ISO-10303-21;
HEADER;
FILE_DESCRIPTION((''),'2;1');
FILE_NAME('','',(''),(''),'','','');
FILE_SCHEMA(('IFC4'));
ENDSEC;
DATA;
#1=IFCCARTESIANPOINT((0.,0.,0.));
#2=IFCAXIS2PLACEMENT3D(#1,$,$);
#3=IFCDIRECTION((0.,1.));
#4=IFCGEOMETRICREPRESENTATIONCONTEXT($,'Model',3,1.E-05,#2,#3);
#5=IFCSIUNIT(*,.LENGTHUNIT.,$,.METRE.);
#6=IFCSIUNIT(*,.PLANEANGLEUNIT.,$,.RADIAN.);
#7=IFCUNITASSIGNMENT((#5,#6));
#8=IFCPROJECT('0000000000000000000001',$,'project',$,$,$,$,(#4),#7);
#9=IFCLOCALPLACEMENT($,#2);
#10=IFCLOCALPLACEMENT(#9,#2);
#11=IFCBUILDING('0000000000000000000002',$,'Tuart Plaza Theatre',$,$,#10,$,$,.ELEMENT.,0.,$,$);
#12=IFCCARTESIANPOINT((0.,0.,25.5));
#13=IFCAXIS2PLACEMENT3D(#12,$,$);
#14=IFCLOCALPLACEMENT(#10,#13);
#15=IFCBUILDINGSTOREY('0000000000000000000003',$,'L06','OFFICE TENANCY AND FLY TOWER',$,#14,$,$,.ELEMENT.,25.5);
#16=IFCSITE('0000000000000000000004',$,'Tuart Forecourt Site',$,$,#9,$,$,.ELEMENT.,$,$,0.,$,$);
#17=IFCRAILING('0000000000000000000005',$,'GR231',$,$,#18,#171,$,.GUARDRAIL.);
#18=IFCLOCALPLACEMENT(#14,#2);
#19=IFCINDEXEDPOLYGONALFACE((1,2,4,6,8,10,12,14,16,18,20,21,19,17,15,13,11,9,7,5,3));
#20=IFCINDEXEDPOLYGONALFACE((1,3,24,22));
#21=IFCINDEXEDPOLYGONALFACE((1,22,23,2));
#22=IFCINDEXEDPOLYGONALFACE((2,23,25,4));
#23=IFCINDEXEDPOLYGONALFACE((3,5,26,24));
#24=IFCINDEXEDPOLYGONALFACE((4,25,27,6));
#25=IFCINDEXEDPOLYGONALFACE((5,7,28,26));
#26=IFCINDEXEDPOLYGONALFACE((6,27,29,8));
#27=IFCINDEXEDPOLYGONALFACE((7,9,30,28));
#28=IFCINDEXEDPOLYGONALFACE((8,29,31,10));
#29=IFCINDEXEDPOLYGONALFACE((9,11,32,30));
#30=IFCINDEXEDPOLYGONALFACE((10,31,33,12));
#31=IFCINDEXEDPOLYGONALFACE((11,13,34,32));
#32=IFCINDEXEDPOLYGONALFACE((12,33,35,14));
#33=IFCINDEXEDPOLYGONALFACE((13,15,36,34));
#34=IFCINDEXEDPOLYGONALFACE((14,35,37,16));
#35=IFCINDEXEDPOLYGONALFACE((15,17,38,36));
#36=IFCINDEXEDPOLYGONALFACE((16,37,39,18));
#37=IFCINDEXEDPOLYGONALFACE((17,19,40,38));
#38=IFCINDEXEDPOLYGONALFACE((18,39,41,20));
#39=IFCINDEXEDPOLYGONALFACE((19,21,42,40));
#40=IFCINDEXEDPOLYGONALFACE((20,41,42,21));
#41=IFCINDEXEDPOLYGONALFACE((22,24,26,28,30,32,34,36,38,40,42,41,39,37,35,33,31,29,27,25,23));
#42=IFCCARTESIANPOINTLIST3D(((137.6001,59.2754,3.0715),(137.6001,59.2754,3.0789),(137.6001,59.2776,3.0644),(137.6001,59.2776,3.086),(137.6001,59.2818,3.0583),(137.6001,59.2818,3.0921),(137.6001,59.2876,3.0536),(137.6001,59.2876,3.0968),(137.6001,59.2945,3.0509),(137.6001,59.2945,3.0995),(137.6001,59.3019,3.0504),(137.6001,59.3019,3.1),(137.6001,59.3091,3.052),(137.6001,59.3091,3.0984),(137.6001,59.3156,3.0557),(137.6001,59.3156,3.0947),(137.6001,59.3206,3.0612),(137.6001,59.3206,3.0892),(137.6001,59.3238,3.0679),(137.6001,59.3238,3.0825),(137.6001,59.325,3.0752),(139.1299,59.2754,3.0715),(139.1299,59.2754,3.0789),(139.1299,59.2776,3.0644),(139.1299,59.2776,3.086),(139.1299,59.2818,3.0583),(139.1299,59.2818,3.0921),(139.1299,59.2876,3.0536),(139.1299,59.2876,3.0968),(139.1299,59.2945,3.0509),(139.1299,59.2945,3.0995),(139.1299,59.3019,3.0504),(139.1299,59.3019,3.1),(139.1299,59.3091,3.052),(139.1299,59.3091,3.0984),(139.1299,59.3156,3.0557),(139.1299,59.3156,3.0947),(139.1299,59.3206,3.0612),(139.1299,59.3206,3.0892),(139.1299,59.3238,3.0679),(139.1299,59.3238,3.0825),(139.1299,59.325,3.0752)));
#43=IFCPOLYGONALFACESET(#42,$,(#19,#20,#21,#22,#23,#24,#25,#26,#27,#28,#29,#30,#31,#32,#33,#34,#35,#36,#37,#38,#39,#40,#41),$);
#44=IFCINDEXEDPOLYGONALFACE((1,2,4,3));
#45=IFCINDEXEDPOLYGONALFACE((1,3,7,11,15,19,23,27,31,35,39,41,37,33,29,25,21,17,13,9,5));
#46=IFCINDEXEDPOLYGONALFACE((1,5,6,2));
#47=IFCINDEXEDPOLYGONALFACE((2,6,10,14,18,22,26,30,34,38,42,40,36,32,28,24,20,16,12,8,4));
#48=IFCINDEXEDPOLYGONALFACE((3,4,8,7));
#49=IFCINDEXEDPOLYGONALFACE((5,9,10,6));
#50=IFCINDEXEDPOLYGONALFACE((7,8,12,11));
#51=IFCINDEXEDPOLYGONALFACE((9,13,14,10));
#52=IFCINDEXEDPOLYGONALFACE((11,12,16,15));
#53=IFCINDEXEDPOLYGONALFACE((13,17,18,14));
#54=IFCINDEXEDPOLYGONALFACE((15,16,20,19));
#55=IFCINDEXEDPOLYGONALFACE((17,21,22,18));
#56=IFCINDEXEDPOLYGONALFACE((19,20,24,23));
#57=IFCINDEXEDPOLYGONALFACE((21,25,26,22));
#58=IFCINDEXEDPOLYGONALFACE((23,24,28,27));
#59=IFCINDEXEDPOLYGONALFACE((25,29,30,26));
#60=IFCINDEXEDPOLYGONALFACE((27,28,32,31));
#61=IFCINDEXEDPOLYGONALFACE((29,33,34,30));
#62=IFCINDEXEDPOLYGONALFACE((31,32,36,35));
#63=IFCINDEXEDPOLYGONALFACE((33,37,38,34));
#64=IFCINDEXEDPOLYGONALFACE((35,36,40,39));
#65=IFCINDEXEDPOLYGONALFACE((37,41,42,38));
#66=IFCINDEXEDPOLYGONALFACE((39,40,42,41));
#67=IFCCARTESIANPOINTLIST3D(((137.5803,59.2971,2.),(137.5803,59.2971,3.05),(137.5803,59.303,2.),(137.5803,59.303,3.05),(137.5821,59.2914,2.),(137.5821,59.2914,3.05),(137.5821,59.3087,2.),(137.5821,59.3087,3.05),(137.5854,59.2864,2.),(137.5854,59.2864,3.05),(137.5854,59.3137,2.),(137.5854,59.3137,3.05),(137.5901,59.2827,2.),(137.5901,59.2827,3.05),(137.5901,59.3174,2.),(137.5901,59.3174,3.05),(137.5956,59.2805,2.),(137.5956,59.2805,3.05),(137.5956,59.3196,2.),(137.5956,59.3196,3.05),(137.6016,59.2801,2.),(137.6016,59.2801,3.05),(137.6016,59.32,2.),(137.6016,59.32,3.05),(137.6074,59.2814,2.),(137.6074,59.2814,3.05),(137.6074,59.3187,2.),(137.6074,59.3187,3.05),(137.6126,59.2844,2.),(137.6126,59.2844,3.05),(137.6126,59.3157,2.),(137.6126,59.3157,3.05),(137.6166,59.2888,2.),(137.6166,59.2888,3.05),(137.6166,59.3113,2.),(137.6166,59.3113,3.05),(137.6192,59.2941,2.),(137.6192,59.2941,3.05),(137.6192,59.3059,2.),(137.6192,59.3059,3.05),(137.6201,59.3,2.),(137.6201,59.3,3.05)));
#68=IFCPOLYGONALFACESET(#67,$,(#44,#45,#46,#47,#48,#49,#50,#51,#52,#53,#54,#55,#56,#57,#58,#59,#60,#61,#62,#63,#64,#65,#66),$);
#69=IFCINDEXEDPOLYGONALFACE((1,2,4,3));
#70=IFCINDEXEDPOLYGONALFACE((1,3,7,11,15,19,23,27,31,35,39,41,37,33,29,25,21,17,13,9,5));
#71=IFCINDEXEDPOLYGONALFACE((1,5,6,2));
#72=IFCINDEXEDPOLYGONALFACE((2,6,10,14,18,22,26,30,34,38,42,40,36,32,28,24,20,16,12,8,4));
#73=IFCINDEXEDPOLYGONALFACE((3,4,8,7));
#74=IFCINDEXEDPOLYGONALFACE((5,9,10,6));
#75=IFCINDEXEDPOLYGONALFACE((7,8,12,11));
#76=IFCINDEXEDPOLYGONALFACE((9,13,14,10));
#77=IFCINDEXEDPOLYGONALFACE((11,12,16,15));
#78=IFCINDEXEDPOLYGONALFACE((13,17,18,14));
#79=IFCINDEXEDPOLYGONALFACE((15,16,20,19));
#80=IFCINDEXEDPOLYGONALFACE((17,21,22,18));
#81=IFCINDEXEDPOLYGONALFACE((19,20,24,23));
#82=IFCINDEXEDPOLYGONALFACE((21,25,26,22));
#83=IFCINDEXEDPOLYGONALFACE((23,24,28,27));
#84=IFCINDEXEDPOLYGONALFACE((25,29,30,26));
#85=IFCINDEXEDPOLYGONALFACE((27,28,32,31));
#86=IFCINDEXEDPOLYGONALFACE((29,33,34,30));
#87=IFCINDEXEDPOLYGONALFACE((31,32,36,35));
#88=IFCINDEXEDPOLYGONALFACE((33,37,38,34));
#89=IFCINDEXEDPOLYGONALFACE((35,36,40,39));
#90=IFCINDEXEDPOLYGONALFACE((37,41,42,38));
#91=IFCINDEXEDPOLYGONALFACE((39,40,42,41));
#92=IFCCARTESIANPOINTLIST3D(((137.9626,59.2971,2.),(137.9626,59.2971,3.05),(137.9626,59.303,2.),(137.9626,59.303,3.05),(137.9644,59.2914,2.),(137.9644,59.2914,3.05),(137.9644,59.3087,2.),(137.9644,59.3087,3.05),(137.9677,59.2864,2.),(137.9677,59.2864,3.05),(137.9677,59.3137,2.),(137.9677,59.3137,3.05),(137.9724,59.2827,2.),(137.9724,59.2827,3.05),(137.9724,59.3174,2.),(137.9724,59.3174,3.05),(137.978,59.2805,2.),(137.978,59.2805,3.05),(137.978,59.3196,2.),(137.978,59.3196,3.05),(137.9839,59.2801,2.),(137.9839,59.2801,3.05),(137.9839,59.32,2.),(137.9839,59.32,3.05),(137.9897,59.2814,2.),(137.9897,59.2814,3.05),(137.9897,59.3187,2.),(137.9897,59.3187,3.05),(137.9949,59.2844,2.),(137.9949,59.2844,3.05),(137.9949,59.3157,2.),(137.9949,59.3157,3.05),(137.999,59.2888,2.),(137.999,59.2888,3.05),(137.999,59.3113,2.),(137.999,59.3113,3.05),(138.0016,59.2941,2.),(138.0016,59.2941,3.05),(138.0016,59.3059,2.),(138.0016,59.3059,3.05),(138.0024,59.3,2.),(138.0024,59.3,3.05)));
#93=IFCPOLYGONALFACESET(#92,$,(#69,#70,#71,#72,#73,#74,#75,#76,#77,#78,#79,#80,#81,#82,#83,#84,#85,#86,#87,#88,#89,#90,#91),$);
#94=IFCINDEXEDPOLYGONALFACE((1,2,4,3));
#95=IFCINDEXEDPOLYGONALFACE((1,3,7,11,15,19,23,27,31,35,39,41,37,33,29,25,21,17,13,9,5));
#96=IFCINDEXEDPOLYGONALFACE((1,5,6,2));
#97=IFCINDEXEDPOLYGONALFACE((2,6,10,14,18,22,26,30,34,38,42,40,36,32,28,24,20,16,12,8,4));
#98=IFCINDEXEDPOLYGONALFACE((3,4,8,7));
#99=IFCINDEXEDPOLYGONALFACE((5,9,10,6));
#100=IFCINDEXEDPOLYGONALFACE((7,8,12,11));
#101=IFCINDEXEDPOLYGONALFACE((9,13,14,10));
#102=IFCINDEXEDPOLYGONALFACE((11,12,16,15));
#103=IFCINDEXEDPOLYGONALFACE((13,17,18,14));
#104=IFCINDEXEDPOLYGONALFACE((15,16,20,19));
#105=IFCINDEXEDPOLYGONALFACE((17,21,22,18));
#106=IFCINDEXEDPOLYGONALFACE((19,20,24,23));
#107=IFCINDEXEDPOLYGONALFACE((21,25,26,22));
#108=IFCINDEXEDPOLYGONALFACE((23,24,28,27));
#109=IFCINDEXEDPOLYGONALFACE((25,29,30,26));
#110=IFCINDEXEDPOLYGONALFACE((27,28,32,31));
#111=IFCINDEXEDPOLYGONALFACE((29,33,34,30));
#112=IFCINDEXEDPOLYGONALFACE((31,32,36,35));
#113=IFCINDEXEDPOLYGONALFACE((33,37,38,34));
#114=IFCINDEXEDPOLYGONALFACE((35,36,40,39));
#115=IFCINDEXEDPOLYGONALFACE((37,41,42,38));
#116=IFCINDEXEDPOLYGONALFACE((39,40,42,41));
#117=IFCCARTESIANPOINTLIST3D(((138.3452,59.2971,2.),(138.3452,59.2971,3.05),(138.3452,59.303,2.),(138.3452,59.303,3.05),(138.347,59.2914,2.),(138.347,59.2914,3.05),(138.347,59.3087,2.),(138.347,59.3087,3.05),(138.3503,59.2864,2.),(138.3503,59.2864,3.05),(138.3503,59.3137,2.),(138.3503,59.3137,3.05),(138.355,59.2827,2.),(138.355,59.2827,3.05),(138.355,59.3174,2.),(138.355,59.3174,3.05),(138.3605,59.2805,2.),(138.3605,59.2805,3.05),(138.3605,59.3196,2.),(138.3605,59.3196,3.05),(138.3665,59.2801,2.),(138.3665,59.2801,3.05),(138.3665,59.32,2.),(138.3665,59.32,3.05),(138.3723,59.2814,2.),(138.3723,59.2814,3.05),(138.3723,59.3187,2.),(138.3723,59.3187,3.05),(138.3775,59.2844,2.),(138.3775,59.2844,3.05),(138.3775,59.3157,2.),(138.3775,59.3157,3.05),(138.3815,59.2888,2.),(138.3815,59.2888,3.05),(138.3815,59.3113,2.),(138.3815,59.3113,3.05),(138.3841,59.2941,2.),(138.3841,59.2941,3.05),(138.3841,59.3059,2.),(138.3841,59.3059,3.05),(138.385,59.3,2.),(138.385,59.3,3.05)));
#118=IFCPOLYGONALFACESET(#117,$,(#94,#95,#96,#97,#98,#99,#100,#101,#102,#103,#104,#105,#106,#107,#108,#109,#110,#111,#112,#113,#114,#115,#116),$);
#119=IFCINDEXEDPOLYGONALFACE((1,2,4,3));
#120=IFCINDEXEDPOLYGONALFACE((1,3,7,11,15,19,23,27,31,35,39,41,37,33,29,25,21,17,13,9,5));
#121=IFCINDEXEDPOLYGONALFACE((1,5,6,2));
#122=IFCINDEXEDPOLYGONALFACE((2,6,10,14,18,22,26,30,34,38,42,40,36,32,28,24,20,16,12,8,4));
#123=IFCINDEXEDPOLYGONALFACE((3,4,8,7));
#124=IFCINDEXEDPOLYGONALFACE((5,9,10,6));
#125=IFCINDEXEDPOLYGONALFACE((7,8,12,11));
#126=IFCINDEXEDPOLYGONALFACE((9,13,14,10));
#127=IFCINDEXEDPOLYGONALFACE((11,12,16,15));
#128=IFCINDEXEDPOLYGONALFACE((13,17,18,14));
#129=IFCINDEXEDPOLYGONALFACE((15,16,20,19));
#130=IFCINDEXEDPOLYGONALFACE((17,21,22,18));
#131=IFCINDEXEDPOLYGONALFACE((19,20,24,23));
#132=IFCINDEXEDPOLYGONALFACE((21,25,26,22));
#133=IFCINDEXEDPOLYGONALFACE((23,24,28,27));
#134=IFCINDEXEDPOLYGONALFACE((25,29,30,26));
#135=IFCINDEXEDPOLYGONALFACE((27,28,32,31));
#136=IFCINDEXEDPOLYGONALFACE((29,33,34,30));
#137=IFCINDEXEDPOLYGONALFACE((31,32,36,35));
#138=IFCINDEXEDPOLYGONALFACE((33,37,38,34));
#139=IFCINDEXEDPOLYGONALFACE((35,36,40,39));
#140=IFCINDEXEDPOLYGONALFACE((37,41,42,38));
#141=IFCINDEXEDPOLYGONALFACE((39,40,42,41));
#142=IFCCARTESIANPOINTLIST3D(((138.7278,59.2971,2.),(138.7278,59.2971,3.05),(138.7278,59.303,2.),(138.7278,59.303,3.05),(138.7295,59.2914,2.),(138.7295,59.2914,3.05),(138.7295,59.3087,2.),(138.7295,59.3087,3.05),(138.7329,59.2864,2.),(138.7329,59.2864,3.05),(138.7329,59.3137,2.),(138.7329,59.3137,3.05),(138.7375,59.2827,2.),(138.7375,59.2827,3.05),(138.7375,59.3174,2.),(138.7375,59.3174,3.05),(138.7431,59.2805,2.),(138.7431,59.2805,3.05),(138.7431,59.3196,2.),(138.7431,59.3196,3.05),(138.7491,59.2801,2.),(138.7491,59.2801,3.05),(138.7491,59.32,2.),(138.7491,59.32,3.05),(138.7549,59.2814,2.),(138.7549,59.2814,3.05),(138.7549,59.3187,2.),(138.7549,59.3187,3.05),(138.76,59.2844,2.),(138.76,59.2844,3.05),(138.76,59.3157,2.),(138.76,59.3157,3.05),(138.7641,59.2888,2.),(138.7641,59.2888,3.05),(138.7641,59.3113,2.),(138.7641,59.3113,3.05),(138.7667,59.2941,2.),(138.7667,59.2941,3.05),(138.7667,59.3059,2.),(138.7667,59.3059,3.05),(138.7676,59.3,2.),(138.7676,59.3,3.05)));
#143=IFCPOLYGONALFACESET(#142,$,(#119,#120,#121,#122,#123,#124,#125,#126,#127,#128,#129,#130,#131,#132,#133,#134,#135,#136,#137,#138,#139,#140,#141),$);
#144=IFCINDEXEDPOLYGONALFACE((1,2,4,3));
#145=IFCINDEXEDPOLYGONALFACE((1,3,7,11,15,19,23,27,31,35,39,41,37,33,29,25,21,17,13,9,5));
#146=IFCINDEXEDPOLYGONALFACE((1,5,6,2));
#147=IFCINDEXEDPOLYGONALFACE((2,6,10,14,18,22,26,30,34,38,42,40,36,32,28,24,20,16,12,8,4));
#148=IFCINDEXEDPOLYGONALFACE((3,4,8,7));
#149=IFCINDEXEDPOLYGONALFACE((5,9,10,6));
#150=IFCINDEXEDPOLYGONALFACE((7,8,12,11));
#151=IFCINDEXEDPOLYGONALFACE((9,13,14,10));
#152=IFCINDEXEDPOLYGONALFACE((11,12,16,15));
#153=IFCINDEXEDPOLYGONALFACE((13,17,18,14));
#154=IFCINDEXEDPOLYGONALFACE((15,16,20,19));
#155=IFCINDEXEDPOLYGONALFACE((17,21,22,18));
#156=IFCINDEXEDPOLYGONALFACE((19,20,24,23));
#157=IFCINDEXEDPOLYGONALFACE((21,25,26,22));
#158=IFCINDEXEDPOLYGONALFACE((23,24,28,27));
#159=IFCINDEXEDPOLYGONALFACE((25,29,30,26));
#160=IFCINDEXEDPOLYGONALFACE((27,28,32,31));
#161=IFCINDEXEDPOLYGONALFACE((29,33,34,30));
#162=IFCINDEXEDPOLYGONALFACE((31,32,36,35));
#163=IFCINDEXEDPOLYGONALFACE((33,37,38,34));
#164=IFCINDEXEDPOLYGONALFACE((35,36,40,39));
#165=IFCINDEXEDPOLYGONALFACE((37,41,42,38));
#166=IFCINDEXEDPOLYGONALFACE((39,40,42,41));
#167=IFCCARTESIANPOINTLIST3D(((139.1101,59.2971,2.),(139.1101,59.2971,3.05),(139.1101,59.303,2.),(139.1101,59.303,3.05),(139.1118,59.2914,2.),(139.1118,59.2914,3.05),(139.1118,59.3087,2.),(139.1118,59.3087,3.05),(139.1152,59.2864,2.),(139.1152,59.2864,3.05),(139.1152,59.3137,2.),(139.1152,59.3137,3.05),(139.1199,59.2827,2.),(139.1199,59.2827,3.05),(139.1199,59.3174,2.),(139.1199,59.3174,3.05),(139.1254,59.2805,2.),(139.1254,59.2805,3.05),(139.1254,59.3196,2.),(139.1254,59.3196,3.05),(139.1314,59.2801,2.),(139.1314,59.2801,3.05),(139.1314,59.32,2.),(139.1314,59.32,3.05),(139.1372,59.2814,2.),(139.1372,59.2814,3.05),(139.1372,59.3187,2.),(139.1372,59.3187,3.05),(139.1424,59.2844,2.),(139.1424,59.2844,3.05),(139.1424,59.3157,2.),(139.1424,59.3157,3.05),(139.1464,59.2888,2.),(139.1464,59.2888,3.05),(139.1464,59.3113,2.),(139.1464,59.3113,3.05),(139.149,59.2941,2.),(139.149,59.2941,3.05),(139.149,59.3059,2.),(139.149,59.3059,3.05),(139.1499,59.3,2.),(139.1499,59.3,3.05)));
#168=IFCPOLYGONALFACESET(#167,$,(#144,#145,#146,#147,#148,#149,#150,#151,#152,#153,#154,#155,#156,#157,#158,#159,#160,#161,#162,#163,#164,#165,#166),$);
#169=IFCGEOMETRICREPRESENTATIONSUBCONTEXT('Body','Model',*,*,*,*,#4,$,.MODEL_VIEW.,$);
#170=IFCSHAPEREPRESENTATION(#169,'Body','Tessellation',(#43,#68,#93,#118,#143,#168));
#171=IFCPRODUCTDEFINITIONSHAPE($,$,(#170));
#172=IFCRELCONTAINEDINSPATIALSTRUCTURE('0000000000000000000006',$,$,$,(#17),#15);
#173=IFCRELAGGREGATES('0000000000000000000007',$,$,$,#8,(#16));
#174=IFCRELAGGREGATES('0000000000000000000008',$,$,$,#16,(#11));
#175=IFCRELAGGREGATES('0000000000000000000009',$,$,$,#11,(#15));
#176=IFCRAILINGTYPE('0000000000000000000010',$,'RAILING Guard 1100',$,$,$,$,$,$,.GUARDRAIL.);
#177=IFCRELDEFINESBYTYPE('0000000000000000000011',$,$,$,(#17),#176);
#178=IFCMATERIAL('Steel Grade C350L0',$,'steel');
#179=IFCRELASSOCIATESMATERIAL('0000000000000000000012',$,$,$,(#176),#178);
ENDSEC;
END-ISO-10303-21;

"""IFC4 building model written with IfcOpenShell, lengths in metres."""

from ifc_helpers import new_model, si_unit, direction, frame, origin, origin_2d, place, context, subcontext, project, spatial, circle, extrude, material, type_object, element, save


model = new_model("IFC4")

# Units and contexts
model_context = context("Model", 3, precision=1e-05, world=origin(), true_north=direction((0.0, 1.0)))
body_context = subcontext(model_context, "Body", "Model", "MODEL_VIEW")
ifc_project = project(units=[si_unit("LENGTHUNIT", "METRE"), si_unit("PLANEANGLEUNIT", "RADIAN")], contexts=[model_context])

# Site, building, storey
site_placement = place(None, origin())
site = spatial("IfcSite", under=ifc_project, at=site_placement, Name="Tuart Forecourt Site", CompositionType="ELEMENT", RefElevation=0.0)
building_placement = place(site_placement, origin())
building = spatial("IfcBuilding", under=site, at=building_placement, Name="Tuart Plaza Theatre", CompositionType="ELEMENT", ElevationOfRefHeight=0.0)
storey_placement = place(building_placement, frame((0.0, 0.0, 25.5)))
storey = spatial("IfcBuildingStorey", under=building, at=storey_placement, Name="L06", Description="OFFICE TENANCY AND FLY TOWER", CompositionType="ELEMENT", Elevation=25.5)

# Railing
ifc_material_1 = material(Name="Steel Grade C350L0", Category="steel")
railing_type_1 = type_object("IfcRailingType", Name="RAILING Guard 1100", PredefinedType="GUARDRAIL", material=ifc_material_1)
railing_1_placement = place(storey_placement, frame((137.6001, 59.3, 2.0)))
element("IfcRailing", 1, at=railing_1_placement, inside=storey, type_object=railing_type_1, Name="GR231", PredefinedType="GUARDRAIL", context=body_context, shape_type="SweptSolid", body=[
    extrude(circle(Radius=0.0249, at=origin_2d()), frame((0.0, 0.0, 1.0752), z_axis=(1.0, 0.0, 0.0), x_axis=(0.0, 1.0, 0.0)), (0.0, 0.0, 1.0), 1.5298),
    extrude(circle(Radius=0.02, at=origin_2d()), origin(), (0.0, 0.0, 1.0), 1.05),
    extrude(circle(Radius=0.02, at=origin_2d()), frame((0.3823, 0.0, 0.0)), (0.0, 0.0, 1.0), 1.05),
    extrude(circle(Radius=0.02, at=origin_2d()), frame((0.7649, 0.0, 0.0)), (0.0, 0.0, 1.0), 1.05),
    extrude(circle(Radius=0.02, at=origin_2d()), frame((1.1475, 0.0, 0.0)), (0.0, 0.0, 1.0), 1.05),
    extrude(circle(Radius=0.02, at=origin_2d()), frame((1.5298, 0.0, 0.0)), (0.0, 0.0, 1.0), 1.05),
])

save(model, "model.ifc")
